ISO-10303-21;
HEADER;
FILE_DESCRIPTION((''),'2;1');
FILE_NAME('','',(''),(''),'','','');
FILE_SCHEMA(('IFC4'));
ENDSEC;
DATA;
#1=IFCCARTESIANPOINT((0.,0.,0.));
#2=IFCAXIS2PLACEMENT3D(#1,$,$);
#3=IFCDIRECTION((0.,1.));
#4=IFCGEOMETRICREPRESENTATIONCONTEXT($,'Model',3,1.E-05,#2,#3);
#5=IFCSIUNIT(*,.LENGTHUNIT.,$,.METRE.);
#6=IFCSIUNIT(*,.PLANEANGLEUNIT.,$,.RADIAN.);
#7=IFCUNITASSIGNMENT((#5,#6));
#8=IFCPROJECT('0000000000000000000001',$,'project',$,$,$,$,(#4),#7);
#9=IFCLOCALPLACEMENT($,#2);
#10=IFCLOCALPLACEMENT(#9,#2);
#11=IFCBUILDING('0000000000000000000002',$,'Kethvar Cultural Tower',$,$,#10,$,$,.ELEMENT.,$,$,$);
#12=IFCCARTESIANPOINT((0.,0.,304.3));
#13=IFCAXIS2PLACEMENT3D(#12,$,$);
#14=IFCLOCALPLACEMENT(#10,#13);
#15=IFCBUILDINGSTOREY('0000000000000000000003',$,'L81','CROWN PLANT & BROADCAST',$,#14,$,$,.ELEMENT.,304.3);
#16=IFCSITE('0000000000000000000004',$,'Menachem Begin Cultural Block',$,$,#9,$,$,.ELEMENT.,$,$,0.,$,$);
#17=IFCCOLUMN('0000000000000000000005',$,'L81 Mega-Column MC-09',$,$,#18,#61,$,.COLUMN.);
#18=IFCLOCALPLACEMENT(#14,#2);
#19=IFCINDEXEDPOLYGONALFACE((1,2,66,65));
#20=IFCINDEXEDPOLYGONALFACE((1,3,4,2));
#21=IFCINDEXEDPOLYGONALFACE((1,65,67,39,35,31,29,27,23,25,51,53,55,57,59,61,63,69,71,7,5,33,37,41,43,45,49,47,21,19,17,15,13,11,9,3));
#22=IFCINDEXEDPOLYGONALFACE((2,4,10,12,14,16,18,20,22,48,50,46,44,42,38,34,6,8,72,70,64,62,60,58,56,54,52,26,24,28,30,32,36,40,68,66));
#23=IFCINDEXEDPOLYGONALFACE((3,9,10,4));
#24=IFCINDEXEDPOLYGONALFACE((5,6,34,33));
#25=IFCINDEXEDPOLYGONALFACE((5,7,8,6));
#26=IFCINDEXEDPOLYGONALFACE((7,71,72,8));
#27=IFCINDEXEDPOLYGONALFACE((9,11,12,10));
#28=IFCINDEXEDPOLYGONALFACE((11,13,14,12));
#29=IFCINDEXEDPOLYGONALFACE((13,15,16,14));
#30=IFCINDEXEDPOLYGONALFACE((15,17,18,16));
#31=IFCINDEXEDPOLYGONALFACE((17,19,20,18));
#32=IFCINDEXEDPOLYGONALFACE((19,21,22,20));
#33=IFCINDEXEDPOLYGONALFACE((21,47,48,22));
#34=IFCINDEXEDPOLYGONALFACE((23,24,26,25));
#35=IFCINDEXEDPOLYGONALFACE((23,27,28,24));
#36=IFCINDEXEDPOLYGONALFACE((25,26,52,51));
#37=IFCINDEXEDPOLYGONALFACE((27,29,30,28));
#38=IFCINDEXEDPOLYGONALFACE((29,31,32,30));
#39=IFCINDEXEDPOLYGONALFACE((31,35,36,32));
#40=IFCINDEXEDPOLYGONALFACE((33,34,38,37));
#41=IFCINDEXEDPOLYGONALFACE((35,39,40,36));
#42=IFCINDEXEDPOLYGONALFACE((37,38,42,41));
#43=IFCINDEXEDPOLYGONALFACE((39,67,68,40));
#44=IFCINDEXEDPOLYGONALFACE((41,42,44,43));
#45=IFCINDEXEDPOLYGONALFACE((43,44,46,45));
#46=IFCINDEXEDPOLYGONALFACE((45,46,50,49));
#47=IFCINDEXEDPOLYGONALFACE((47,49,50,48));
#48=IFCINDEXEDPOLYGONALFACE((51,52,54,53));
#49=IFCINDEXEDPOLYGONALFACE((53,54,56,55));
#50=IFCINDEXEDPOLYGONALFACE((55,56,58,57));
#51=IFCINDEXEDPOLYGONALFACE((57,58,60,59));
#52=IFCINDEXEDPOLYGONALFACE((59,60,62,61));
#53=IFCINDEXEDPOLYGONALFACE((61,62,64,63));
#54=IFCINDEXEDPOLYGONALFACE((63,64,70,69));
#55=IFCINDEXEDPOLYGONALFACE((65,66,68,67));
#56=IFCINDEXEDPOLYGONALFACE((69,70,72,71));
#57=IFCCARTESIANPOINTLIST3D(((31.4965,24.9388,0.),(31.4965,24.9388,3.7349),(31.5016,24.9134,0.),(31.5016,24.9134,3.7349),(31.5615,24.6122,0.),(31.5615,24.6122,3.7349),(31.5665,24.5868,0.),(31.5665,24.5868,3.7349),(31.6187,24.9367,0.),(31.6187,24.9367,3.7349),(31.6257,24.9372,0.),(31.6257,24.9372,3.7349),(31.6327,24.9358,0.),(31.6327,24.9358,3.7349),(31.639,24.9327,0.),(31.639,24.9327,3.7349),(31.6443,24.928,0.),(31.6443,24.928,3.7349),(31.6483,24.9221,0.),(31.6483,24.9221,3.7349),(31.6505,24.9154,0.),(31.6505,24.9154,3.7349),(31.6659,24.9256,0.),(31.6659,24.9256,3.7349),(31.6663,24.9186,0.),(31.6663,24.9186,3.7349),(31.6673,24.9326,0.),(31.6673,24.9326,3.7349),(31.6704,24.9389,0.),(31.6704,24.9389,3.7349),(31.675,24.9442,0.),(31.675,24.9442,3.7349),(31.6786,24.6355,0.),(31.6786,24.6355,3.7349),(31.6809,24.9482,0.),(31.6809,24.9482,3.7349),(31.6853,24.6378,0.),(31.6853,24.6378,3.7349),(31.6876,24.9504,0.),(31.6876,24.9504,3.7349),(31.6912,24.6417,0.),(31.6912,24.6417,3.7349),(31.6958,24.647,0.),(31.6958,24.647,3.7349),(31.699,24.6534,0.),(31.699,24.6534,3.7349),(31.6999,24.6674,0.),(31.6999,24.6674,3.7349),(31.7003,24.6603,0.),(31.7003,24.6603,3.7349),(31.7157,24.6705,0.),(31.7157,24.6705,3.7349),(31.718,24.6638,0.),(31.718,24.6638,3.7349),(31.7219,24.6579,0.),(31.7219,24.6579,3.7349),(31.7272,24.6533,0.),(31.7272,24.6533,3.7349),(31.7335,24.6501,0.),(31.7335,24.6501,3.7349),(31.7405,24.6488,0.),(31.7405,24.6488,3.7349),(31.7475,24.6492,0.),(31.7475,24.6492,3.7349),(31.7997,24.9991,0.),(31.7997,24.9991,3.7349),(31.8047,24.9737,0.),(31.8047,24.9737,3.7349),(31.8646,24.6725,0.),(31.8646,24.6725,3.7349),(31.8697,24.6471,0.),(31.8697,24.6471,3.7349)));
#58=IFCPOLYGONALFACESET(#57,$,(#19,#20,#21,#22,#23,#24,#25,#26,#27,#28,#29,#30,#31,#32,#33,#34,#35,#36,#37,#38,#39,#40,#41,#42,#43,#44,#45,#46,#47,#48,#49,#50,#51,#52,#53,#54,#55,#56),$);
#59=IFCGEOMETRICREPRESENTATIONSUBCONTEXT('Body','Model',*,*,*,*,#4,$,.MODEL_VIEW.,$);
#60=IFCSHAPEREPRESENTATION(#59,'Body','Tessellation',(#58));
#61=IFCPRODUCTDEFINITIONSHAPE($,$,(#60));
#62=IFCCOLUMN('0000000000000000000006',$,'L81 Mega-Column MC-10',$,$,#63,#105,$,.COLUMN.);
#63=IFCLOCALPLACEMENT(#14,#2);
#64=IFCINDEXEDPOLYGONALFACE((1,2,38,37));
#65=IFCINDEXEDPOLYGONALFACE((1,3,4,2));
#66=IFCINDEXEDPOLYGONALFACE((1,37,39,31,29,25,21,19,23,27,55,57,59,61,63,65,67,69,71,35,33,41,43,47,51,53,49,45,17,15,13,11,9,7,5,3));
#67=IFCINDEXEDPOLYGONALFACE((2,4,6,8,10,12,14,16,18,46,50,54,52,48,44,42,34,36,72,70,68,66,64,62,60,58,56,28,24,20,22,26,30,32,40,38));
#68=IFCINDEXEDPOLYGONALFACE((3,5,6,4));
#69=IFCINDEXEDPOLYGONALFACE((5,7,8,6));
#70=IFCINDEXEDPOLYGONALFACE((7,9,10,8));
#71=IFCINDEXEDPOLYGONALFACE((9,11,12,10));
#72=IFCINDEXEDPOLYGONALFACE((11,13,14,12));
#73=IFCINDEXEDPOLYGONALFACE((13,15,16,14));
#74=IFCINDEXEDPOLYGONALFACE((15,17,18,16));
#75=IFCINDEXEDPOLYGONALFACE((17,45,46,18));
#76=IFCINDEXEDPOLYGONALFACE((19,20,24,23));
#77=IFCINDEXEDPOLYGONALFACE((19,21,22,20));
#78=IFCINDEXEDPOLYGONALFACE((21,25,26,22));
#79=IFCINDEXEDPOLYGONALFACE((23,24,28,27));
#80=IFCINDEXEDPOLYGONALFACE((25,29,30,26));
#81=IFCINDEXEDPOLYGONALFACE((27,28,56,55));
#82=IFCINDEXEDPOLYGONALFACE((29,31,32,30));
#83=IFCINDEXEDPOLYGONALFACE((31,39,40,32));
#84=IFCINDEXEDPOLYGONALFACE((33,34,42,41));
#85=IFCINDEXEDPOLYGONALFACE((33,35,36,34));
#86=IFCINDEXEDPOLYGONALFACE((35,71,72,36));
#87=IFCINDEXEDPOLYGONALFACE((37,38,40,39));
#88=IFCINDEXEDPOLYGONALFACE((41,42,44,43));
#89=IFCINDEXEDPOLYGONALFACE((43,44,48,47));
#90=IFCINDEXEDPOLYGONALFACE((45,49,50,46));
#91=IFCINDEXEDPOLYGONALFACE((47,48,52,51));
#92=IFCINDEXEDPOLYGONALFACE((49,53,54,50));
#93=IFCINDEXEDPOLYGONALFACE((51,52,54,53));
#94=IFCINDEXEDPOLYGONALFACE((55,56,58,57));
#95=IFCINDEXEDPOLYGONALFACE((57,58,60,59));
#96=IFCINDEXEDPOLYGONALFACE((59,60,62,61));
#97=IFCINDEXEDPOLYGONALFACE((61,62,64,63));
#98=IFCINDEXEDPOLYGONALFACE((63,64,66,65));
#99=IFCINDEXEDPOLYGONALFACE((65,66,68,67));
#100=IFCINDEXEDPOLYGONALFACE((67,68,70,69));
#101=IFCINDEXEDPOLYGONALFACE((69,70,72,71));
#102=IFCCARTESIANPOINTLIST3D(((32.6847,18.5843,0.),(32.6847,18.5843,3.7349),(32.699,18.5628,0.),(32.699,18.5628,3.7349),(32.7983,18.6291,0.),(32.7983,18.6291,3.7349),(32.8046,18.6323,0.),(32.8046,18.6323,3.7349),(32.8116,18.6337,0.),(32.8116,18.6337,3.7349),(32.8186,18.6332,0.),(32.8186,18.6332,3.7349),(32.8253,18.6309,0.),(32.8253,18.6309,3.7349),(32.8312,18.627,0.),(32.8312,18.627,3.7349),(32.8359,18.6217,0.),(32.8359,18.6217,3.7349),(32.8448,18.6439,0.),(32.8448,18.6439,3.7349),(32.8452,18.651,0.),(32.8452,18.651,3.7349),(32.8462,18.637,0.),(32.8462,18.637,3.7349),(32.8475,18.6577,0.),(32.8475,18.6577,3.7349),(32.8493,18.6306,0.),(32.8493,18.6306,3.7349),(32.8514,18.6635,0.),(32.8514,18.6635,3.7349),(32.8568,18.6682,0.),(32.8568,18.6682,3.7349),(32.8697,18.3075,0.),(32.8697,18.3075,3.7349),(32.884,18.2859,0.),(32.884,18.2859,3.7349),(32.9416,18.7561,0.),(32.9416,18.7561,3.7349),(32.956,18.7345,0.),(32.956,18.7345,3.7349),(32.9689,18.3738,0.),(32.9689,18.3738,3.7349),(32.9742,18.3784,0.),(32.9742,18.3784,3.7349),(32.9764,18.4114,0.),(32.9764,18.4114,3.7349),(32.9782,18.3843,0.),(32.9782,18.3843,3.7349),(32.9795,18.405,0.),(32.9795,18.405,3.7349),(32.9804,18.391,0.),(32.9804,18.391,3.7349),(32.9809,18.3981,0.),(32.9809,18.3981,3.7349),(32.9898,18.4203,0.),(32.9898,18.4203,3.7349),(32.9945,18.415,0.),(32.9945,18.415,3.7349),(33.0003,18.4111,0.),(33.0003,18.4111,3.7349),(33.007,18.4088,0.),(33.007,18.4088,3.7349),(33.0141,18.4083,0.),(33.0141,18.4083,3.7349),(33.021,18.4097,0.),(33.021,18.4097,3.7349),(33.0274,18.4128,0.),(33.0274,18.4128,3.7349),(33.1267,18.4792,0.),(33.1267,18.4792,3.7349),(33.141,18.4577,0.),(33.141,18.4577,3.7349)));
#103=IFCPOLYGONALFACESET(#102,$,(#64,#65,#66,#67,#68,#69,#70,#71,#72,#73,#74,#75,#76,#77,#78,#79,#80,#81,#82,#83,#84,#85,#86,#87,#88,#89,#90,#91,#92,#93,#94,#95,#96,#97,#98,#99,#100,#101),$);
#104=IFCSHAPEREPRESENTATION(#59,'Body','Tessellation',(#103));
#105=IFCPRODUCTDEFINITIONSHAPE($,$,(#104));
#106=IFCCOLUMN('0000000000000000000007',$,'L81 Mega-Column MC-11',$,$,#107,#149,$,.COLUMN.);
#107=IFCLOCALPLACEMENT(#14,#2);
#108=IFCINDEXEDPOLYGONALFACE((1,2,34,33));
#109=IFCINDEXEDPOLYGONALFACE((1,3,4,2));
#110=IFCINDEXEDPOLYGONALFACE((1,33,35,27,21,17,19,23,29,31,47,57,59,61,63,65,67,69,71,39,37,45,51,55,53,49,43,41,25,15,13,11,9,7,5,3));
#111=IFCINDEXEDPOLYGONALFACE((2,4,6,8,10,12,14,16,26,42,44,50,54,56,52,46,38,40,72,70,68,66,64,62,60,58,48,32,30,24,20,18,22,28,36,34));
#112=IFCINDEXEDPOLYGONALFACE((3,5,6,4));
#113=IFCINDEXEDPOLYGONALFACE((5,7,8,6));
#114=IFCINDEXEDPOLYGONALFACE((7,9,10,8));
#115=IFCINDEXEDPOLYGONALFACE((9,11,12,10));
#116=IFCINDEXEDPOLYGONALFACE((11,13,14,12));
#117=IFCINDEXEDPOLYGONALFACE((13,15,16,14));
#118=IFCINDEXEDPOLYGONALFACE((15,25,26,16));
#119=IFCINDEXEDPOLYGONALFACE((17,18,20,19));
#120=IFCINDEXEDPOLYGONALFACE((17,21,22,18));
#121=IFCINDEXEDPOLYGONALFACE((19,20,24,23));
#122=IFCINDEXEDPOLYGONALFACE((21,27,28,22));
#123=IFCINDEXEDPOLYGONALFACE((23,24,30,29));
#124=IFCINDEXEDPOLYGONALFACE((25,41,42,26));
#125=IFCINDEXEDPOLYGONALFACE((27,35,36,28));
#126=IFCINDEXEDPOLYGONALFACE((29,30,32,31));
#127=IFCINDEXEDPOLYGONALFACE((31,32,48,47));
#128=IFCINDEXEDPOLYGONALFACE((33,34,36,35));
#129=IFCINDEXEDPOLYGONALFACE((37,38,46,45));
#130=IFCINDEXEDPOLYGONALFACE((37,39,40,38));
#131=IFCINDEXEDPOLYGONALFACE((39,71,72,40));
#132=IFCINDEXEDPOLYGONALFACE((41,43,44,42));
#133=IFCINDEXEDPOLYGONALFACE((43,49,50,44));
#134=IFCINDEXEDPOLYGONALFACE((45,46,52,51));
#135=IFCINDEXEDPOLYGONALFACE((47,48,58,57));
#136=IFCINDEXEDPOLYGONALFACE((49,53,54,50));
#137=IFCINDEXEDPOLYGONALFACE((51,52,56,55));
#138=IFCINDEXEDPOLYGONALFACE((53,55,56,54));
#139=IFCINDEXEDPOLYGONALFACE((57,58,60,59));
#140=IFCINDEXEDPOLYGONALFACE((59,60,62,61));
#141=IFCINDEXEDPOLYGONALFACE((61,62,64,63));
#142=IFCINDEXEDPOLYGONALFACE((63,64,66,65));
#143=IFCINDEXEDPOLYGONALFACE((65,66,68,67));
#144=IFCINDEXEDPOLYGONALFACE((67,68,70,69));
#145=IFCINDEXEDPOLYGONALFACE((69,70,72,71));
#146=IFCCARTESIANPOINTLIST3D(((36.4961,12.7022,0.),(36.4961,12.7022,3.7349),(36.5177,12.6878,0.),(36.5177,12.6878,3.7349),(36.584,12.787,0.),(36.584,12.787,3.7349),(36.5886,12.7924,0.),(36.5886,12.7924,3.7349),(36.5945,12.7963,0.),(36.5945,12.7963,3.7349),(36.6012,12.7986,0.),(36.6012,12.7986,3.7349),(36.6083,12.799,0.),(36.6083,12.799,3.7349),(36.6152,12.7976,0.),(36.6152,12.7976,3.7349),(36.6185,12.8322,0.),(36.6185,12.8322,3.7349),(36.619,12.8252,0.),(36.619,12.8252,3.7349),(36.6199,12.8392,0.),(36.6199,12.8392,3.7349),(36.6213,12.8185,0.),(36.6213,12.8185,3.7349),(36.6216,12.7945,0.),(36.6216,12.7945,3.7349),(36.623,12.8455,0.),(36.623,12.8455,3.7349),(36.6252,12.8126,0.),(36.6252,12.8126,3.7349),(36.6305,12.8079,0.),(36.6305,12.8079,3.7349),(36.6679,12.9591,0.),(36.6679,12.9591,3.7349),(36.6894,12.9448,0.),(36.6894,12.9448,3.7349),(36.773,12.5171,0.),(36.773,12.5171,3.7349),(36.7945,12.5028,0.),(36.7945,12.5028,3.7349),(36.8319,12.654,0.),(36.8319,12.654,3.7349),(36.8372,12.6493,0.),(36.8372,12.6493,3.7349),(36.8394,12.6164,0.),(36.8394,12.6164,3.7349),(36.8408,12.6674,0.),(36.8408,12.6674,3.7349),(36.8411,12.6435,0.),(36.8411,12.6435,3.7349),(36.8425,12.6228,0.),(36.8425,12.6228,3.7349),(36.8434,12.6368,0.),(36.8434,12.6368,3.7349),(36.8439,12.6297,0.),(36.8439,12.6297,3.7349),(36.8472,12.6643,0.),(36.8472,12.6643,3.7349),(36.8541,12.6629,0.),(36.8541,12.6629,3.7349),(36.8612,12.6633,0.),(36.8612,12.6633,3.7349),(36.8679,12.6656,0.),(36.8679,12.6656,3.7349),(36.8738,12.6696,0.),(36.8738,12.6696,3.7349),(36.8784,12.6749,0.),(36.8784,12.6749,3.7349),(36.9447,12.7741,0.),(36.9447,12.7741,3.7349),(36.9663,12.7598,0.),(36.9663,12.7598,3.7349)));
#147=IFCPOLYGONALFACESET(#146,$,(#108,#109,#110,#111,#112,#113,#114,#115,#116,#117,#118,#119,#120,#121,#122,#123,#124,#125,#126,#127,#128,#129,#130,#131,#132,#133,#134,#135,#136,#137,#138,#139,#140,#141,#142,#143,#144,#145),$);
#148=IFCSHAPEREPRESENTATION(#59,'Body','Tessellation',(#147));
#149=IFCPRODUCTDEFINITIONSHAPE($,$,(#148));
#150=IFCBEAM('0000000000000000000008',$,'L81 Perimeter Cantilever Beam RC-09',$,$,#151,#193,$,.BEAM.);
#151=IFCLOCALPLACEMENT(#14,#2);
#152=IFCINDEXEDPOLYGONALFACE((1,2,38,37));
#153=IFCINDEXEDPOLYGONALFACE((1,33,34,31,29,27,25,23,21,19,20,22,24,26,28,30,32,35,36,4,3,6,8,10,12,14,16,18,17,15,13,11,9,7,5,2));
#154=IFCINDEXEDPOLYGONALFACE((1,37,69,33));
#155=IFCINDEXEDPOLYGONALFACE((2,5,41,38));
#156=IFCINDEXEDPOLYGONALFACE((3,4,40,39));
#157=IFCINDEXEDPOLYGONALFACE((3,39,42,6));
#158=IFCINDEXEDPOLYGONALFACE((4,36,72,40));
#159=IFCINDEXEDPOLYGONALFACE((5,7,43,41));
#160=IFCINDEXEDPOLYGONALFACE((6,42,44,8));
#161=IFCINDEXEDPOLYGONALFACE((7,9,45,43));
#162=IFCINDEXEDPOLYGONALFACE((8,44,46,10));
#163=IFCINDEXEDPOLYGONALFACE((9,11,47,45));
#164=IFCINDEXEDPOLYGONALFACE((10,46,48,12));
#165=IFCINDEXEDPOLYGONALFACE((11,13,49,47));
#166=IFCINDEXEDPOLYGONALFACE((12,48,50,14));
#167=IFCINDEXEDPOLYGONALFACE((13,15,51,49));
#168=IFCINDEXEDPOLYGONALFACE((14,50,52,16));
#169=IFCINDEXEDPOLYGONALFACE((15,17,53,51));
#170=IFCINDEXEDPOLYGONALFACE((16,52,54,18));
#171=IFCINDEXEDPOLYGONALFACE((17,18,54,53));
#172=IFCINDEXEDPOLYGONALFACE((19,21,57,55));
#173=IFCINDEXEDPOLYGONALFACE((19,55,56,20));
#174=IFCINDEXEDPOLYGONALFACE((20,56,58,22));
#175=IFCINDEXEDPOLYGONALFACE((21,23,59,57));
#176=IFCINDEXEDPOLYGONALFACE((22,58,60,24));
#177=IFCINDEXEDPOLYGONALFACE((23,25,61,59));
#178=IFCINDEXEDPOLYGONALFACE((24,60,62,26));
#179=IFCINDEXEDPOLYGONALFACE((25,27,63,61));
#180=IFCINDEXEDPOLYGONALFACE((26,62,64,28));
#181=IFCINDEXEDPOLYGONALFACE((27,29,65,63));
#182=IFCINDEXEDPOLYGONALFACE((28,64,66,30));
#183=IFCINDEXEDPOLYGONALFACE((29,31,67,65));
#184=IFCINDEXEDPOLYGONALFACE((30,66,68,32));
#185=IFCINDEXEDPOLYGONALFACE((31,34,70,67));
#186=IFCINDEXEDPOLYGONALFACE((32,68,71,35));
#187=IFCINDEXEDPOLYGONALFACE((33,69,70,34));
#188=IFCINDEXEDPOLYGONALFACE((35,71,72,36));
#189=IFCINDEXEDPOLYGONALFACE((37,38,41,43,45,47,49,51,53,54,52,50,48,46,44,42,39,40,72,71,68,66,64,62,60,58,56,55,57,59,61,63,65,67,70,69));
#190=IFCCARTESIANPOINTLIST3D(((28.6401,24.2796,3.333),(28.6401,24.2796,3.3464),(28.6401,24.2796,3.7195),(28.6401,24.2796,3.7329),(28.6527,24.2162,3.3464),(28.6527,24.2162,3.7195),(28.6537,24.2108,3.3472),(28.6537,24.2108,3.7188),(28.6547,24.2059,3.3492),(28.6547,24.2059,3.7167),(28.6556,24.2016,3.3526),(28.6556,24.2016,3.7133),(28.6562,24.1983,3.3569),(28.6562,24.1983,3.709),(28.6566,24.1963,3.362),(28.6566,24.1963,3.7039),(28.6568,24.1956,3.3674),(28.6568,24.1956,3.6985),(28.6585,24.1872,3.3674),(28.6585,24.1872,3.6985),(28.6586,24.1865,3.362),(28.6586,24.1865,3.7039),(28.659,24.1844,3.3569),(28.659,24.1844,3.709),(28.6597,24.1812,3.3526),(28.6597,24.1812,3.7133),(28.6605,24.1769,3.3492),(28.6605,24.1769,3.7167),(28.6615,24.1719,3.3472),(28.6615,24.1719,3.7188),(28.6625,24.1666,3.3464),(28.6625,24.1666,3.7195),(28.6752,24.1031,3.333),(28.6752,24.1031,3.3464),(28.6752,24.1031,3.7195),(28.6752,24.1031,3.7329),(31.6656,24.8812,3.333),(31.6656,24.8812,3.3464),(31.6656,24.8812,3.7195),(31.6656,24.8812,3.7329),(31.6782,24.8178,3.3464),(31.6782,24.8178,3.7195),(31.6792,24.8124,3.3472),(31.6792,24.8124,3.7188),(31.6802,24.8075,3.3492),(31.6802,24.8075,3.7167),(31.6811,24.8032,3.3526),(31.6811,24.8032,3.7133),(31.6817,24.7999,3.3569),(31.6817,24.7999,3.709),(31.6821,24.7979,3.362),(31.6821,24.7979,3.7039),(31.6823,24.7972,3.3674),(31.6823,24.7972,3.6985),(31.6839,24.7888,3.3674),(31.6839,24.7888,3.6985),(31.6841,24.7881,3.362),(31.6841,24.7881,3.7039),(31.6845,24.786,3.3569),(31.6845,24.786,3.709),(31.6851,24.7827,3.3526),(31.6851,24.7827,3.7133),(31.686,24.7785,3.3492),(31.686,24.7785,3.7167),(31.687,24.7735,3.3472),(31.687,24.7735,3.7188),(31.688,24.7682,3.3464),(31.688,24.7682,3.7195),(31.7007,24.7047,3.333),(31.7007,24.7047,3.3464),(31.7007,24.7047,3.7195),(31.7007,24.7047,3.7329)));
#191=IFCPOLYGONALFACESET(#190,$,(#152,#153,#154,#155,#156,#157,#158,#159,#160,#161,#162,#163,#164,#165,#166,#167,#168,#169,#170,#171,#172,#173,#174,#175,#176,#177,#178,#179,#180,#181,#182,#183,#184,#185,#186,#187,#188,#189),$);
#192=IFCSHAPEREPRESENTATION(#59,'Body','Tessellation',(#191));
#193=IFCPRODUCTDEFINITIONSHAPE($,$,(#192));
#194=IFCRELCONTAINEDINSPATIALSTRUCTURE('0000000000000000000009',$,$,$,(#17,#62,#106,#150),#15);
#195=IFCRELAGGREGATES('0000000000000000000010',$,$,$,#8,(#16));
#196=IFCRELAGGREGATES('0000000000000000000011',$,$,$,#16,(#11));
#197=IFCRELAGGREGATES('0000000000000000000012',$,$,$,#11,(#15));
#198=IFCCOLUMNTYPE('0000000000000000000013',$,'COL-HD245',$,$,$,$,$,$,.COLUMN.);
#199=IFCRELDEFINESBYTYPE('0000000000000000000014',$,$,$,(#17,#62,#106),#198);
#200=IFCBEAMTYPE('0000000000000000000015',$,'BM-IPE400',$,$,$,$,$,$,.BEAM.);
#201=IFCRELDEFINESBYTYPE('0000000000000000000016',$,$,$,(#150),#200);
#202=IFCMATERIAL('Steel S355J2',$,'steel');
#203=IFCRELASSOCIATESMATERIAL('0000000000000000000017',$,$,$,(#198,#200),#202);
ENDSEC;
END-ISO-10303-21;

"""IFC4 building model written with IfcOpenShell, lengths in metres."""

from ifc_helpers import new_model, si_unit, direction, frame, origin, origin_2d, place, context, subcontext, project, spatial, i_section, extrude, source, transform, mapped, material, material_profile, profile_set, type_object, element, save


model = new_model("IFC4")

# Units and contexts
model_context = context("Model", 3, precision=1e-05, world=origin(), true_north=direction((0.0, 1.0)))
body_context = subcontext(model_context, "Body", "Model", "MODEL_VIEW")
ifc_project = project(units=[si_unit("LENGTHUNIT", "METRE"), si_unit("PLANEANGLEUNIT", "RADIAN")], contexts=[model_context])

# Site, building, storey
site_placement = place(None, origin())
site = spatial("IfcSite", under=ifc_project, at=site_placement, Name="Menachem Begin Cultural Block", CompositionType="ELEMENT", RefElevation=0.0)
building_placement = place(site_placement, origin())
building = spatial("IfcBuilding", under=site, at=building_placement, Name="Kethvar Cultural Tower", CompositionType="ELEMENT")
storey_placement = place(building_placement, frame((0.0, 0.0, 304.3)))
storey = spatial("IfcBuildingStorey", under=building, at=storey_placement, Name="L81", Description="CROWN PLANT & BROADCAST", CompositionType="ELEMENT", Elevation=304.3)

# Columns
ifc_material_1 = material(Name="Steel S355J2", Category="steel")
ifc_material_profile_1 = material_profile(ifc_material_1, i_section(OverallWidth=0.3091, OverallDepth=0.3589, WebThickness=0.0161, FlangeThickness=0.0259, FilletRadius=0.0271, at=origin_2d()), Name="Steel S355J2 — HD320x245")
ifc_profile_set_1 = profile_set([ifc_material_profile_1], Name="Steel S355J2 — HD320x245")
column_type = type_object("IfcColumnType", Name="COL-HD245", PredefinedType="COLUMN", material=ifc_profile_set_1)
shared_shape_1 = source(origin(), body_context, "Body", "SweptSolid", [
    extrude(i_section(OverallWidth=0.3091, OverallDepth=0.3589, WebThickness=0.0161, FlangeThickness=0.0259, FilletRadius=0.0271, at=origin_2d()), origin(), (0.0, 0.0, 1.0), 3.7349),
])
for number, where, z_axis, x_axis, name in (
    (1, (31.6831, 24.793, 0.0), (0.0, 0.0, 1.0), (-0.980785, -0.19509, 0.0), "L81 Mega-Column MC-09"),
    (2, (32.9128, 18.521, 0.0), (0.0, 0.0, 1.0), (-0.83147, -0.55557, 0.0), "L81 Mega-Column MC-10"),
    (3, (36.7312, 12.731, 0.0), (0.0, 0.0, 1.0), (-0.55557, -0.83147, 0.0), "L81 Mega-Column MC-11"),
):
    element("IfcColumn", number, at=place(storey_placement, frame(where, z_axis=z_axis, x_axis=x_axis)), inside=storey, type_object=column_type, Name=name, PredefinedType="COLUMN", context=body_context, shape_type="MappedRepresentation", body=[
        mapped(shared_shape_1, transform((0.0, 0.0, 0.0), scale=1.0)),
    ])

# Beam
ifc_material_profile_2 = material_profile(ifc_material_1, i_section(OverallWidth=0.1799, OverallDepth=0.3999, WebThickness=0.0085, FlangeThickness=0.0134, FilletRadius=0.021, at=origin_2d()), Name="Steel S355J2 — IPE400")
ifc_profile_set_2 = profile_set([ifc_material_profile_2], Name="Steel S355J2 — IPE400")
beam_type_1 = type_object("IfcBeamType", Name="BM-IPE400", PredefinedType="BEAM", material=ifc_profile_set_2)
shared_shape_2 = source(origin(), body_context, "Body", "SweptSolid", [
    extrude(i_section(OverallWidth=0.1799, OverallDepth=0.3999, WebThickness=0.0085, FlangeThickness=0.0134, FilletRadius=0.021, at=origin_2d()), origin(), (0.0, 0.0, 1.0), 3.0847),
])
beam_1_placement = place(storey_placement, frame((31.6831, 24.793, 3.533), z_axis=(-0.980799, -0.19502, 0.0), x_axis=(0.19502, -0.980799, 0.0)))
element("IfcBeam", 4, at=beam_1_placement, inside=storey, type_object=beam_type_1, Name="L81 Perimeter Cantilever Beam RC-09", PredefinedType="BEAM", context=body_context, shape_type="MappedRepresentation", body=[
    mapped(shared_shape_2, transform((0.0, 0.0, 0.0), scale=1.0)),
])

save(model, "model.ifc")
